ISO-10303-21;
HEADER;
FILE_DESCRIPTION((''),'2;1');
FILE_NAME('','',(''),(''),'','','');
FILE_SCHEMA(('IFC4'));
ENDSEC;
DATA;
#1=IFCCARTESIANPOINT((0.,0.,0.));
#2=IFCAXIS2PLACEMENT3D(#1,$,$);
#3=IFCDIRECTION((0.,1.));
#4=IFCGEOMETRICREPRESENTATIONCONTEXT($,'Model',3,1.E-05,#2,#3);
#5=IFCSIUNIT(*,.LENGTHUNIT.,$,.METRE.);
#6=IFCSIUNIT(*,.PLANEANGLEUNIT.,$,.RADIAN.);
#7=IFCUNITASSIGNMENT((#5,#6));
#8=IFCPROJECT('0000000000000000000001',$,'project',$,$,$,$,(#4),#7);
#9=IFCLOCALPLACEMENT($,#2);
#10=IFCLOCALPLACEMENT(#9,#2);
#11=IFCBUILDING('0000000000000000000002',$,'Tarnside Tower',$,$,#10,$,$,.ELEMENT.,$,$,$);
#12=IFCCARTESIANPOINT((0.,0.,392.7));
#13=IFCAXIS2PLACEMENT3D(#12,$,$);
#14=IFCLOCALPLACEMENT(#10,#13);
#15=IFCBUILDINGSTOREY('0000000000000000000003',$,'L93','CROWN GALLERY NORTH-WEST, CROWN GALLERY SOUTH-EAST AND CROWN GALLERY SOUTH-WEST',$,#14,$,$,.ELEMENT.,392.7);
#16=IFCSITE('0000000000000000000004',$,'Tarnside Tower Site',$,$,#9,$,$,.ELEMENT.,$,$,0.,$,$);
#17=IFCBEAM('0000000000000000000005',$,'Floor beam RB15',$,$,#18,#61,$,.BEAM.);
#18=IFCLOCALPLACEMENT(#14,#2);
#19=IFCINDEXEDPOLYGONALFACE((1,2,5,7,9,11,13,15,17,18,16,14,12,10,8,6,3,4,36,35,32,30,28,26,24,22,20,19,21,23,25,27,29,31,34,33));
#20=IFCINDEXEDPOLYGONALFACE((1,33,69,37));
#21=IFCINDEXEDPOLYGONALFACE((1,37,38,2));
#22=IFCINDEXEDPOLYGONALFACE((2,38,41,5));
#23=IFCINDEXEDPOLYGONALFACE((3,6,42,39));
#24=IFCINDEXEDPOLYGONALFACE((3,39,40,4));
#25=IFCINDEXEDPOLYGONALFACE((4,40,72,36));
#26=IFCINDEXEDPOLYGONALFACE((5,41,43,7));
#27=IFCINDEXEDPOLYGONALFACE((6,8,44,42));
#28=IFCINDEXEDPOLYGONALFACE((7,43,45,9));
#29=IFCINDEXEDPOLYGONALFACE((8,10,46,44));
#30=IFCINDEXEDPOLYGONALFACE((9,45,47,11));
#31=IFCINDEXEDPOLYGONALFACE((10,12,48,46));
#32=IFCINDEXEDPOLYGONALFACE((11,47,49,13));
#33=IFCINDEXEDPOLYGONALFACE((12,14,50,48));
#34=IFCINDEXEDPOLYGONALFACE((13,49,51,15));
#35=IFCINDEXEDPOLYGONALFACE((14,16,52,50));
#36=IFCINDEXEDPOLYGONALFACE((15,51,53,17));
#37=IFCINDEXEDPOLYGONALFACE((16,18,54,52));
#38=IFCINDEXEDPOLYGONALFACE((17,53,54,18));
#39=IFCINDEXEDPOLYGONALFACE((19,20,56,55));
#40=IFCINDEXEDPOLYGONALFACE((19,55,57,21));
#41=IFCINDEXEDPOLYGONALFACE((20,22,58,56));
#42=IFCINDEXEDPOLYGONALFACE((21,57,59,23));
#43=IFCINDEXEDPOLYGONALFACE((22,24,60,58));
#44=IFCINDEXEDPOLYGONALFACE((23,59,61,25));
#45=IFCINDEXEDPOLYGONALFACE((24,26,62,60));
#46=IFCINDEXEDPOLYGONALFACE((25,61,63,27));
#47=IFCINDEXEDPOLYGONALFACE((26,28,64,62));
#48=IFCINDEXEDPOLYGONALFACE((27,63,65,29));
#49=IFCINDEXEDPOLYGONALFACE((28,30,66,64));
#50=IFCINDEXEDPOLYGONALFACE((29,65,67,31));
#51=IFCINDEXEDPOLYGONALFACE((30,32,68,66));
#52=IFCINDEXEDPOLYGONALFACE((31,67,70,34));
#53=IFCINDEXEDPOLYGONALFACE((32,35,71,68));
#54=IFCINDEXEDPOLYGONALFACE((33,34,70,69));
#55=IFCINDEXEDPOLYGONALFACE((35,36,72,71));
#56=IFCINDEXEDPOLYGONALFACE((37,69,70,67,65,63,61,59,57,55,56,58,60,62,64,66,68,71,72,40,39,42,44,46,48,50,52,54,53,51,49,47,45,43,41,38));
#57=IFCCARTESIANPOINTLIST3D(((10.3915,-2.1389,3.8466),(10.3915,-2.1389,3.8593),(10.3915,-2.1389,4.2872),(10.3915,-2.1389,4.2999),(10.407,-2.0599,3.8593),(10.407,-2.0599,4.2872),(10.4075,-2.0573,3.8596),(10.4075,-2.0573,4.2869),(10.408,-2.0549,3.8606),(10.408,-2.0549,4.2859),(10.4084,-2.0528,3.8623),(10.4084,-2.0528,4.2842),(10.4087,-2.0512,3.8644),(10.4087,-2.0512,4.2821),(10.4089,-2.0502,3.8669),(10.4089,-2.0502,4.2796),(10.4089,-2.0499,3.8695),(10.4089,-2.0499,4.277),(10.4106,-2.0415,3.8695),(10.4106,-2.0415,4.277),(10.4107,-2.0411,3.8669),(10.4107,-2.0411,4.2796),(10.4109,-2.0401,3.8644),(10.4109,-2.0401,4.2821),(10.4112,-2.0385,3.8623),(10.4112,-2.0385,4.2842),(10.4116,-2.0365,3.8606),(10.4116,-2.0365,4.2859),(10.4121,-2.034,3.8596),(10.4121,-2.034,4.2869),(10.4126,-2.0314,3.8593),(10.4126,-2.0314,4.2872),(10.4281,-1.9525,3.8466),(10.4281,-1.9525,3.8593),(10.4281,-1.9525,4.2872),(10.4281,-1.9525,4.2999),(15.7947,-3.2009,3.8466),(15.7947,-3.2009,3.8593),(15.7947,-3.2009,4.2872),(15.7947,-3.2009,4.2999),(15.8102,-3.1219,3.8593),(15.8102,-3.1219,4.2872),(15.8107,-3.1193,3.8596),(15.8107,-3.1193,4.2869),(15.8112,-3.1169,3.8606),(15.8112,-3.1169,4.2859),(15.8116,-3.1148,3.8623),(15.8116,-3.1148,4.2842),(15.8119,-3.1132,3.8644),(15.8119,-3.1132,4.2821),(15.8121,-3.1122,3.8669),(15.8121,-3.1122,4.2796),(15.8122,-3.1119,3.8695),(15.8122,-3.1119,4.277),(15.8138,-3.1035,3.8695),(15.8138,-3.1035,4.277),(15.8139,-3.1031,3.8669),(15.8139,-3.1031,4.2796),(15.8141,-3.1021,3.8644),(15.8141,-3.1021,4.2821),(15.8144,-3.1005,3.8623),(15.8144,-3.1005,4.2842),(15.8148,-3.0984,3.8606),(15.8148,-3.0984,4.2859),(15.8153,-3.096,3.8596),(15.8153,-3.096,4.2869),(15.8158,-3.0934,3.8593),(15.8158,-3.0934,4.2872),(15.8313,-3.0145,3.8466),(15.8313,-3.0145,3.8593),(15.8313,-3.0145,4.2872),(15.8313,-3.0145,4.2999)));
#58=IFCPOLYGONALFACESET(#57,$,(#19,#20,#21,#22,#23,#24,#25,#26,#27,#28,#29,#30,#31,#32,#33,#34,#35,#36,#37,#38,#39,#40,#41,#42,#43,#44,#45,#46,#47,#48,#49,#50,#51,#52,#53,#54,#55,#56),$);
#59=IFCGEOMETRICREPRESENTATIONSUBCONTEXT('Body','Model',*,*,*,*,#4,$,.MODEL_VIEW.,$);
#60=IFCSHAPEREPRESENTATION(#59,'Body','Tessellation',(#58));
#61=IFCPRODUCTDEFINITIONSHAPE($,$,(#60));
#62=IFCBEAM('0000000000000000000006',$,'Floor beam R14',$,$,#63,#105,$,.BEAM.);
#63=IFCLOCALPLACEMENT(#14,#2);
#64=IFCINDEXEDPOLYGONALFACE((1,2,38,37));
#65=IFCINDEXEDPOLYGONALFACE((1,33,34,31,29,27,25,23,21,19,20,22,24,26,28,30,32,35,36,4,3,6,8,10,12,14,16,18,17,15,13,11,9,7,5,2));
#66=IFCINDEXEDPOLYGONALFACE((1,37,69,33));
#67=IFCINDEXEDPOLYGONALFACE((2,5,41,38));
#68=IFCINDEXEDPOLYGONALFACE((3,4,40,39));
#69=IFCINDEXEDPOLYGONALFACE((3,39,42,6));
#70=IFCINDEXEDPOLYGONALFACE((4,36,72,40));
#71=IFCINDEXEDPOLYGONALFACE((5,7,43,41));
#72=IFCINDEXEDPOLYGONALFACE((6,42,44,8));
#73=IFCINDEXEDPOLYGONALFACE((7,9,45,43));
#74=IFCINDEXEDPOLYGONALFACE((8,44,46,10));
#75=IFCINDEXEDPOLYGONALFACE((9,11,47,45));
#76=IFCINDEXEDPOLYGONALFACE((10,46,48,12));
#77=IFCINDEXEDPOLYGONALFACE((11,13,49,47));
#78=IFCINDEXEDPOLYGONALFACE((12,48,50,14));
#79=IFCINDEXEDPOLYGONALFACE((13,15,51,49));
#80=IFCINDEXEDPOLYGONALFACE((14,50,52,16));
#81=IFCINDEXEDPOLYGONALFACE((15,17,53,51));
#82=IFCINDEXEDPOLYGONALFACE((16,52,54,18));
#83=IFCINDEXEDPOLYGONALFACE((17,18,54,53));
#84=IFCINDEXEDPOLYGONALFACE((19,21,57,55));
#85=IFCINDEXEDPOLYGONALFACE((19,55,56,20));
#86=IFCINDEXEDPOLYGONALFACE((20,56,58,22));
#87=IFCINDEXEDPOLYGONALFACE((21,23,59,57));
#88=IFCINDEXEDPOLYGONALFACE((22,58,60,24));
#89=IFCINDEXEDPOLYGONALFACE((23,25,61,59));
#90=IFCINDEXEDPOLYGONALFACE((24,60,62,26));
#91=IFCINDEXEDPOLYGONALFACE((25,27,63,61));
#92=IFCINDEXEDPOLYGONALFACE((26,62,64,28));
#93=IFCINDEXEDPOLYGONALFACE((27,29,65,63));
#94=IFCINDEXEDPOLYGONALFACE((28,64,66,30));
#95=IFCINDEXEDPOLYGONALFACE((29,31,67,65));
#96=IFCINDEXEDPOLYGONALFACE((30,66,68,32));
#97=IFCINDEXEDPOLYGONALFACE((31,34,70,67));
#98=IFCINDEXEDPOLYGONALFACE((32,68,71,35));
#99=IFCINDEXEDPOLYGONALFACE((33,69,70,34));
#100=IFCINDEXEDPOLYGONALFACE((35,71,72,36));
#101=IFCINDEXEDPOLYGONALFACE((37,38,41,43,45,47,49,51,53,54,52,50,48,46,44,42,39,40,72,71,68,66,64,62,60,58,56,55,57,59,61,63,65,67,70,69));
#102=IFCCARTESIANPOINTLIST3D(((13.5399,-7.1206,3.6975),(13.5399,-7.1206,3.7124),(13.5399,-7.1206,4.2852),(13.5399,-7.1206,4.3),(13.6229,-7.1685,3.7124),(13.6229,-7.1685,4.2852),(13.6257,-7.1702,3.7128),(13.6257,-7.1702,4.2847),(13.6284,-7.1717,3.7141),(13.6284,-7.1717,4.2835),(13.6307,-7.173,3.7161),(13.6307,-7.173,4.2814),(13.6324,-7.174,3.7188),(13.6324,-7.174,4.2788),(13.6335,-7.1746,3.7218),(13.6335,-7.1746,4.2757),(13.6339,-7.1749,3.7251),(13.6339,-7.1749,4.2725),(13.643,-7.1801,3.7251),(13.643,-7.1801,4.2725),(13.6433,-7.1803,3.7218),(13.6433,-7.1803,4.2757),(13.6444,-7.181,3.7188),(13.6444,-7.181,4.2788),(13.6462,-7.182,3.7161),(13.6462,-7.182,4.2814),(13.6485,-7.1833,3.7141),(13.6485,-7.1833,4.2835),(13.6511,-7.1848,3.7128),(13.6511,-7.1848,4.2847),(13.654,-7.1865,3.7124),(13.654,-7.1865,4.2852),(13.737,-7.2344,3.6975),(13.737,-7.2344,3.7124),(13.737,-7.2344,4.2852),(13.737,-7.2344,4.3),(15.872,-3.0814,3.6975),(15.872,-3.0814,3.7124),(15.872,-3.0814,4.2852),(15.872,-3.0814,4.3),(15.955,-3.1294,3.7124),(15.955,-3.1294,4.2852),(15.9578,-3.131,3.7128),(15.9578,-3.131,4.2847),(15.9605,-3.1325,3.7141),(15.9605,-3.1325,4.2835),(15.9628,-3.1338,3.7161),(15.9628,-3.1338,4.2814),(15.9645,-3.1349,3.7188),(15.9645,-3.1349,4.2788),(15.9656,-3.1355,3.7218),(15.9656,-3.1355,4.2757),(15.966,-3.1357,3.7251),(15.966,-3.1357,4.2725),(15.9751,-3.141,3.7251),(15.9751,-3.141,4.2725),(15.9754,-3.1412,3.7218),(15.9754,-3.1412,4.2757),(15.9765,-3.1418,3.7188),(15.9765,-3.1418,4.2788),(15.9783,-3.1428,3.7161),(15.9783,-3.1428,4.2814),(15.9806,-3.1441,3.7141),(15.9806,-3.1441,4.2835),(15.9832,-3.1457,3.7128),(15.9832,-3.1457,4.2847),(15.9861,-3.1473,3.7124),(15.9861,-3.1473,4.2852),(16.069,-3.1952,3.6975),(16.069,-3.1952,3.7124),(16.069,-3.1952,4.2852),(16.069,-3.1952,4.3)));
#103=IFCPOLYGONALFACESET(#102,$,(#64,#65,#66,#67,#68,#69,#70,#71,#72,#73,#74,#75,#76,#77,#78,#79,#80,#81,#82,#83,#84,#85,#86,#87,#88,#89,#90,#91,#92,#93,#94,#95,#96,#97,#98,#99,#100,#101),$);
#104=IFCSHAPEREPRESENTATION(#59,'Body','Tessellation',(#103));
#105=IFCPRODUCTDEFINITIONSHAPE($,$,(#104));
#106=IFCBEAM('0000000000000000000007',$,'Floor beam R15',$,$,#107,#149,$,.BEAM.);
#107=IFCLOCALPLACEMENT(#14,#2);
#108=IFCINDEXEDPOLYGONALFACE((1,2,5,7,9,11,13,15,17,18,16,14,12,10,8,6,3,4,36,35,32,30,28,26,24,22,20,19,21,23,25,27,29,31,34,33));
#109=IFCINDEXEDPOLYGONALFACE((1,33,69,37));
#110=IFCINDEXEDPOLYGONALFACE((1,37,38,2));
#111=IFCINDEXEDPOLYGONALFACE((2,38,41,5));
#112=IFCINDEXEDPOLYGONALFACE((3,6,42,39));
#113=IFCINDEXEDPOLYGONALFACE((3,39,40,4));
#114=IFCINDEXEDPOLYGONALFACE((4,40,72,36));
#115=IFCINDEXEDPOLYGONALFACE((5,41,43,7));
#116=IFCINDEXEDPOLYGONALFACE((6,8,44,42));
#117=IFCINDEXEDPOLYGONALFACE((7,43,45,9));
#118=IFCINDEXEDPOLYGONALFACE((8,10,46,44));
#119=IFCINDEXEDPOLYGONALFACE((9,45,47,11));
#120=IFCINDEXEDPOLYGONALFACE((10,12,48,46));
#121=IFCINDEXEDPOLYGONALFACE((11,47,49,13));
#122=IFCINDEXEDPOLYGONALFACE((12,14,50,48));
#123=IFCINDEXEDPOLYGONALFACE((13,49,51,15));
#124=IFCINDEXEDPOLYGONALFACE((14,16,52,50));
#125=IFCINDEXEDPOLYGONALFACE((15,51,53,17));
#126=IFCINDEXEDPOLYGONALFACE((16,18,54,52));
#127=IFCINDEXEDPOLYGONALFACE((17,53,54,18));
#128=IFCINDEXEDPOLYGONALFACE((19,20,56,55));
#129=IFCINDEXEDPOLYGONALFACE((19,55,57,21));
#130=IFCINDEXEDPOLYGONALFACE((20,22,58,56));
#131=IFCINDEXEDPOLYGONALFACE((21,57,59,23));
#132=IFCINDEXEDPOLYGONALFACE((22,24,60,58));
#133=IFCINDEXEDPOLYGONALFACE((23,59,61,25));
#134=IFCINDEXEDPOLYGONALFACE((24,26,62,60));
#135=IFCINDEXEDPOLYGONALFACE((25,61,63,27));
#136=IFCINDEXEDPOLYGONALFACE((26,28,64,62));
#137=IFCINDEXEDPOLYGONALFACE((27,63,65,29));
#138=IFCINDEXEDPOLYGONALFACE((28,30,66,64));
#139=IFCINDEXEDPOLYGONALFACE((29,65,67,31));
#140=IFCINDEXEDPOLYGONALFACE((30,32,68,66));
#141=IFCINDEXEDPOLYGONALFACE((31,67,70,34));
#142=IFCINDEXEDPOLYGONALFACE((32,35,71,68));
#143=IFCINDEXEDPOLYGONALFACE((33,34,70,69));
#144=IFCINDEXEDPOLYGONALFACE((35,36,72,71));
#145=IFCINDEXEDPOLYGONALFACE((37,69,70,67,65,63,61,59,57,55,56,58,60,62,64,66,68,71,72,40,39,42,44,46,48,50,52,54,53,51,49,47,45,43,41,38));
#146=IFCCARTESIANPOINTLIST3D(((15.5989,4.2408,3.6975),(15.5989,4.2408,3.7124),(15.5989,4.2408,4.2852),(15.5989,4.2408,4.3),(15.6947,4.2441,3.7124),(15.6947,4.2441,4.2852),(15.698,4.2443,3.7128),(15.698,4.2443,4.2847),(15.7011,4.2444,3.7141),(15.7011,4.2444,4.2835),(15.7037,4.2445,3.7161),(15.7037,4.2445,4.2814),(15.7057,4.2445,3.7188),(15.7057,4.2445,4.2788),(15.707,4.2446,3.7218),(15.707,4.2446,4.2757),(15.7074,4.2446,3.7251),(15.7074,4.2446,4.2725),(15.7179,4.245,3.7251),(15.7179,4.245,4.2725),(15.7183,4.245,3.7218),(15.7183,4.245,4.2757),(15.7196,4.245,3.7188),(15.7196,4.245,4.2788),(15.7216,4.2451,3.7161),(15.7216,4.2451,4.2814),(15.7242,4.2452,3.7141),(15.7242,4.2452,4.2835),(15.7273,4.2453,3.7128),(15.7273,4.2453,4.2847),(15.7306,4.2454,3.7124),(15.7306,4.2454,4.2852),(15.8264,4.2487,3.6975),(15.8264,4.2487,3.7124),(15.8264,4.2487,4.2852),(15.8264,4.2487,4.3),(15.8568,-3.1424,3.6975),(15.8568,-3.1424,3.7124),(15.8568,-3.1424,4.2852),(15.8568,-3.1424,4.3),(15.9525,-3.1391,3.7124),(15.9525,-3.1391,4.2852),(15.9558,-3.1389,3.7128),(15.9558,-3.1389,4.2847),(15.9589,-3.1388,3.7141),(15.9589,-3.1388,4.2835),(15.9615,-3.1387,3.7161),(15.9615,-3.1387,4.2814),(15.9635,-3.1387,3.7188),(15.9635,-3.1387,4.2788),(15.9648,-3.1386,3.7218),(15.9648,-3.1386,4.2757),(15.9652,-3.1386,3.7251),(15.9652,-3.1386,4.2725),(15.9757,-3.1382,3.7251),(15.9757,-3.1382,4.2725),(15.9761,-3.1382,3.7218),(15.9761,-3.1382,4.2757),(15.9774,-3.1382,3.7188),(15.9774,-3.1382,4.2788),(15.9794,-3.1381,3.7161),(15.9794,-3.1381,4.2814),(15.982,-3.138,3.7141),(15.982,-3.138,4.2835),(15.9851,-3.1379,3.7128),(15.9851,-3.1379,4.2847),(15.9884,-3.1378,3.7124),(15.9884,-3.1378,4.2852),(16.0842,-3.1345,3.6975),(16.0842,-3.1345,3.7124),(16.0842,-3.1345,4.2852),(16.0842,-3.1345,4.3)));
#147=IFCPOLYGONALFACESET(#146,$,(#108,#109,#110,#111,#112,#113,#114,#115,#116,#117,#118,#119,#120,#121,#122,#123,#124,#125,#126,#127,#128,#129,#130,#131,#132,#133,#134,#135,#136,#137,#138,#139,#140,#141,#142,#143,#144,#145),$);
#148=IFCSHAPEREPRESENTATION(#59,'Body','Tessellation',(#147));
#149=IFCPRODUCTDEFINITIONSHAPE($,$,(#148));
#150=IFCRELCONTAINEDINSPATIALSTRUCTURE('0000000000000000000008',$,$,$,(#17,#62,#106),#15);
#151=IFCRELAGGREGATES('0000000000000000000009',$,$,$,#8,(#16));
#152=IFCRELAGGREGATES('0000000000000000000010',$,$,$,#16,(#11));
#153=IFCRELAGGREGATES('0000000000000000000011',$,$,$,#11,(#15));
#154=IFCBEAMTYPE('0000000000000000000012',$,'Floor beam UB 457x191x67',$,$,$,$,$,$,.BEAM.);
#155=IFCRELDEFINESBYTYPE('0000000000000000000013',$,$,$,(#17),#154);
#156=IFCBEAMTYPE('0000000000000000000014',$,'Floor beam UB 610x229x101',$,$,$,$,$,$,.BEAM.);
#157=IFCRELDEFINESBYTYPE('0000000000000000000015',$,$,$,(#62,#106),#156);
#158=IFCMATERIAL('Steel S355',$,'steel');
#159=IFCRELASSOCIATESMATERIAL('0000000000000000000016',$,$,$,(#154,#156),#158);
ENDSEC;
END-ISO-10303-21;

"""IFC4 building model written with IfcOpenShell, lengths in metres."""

from ifc_helpers import new_model, si_unit, direction, frame, origin, origin_2d, place, context, subcontext, project, spatial, i_section, extrude, material, material_profile, profile_set, type_object, element, save


model = new_model("IFC4")

# Units and contexts
model_context = context("Model", 3, precision=1e-05, world=origin(), true_north=direction((0.0, 1.0)))
body_context = subcontext(model_context, "Body", "Model", "MODEL_VIEW")
ifc_project = project(units=[si_unit("LENGTHUNIT", "METRE"), si_unit("PLANEANGLEUNIT", "RADIAN")], contexts=[model_context])

# Site, building, storey
site_placement = place(None, origin())
site = spatial("IfcSite", under=ifc_project, at=site_placement, Name="Tarnside Tower Site", CompositionType="ELEMENT", RefElevation=0.0)
building_placement = place(site_placement, origin())
building = spatial("IfcBuilding", under=site, at=building_placement, Name="Tarnside Tower", CompositionType="ELEMENT")
storey_placement = place(building_placement, frame((0.0, 0.0, 392.7)))
storey = spatial("IfcBuildingStorey", under=building, at=storey_placement, Name="L93", Description="CROWN GALLERY NORTH-WEST, CROWN GALLERY SOUTH-EAST AND CROWN GALLERY SOUTH-WEST", CompositionType="ELEMENT", Elevation=392.7)

# Beams
ifc_material_1 = material(Name="Steel S355", Category="steel")
ifc_material_profile_1 = material_profile(ifc_material_1, i_section(OverallWidth=0.1899, OverallDepth=0.4534, WebThickness=0.0085, FlangeThickness=0.0127, FilletRadius=0.0103, at=origin_2d()), Name="UB 457x191x67")
ifc_profile_set_1 = profile_set([ifc_material_profile_1], Name="Steel S355")
beam_type_1 = type_object("IfcBeamType", Name="Floor beam UB 457x191x67", PredefinedType="BEAM", material=ifc_profile_set_1)
beam_1_placement = place(storey_placement, frame((15.813, -3.1077, 4.0732), z_axis=(-0.981227, 0.192858, 0.0), x_axis=(-0.192858, -0.981227, 0.0)))
element("IfcBeam", 1, at=beam_1_placement, inside=storey, type_object=beam_type_1, Name="Floor beam RB15", PredefinedType="BEAM", context=body_context, shape_type="SweptSolid", body=[
    extrude(i_section(OverallWidth=0.1899, OverallDepth=0.4534, WebThickness=0.0085, FlangeThickness=0.0127, FilletRadius=0.0103, at=origin_2d()), origin(), (0.0, 0.0, 1.0), 5.5066),
])
ifc_material_profile_2 = material_profile(ifc_material_1, i_section(OverallWidth=0.2275, OverallDepth=0.6025, WebThickness=0.0105, FlangeThickness=0.0149, FilletRadius=0.0127, at=origin_2d()), Name="UB 610x229x101")
ifc_profile_set_2 = profile_set([ifc_material_profile_2], Name="Steel S355")
beam_type_2 = type_object("IfcBeamType", Name="Floor beam UB 610x229x101", PredefinedType="BEAM", material=ifc_profile_set_2)
beam_2_placement = place(storey_placement, frame((13.6384, -7.1775, 3.9988), z_axis=(0.500012, 0.866018, 0.0), x_axis=(-0.866018, 0.500012, 0.0)))
element("IfcBeam", 2, at=beam_2_placement, inside=storey, type_object=beam_type_2, Name="Floor beam R14", PredefinedType="BEAM", context=body_context, shape_type="SweptSolid", body=[
    extrude(i_section(OverallWidth=0.2275, OverallDepth=0.6025, WebThickness=0.0105, FlangeThickness=0.0149, FilletRadius=0.0127, at=origin_2d()), origin(), (0.0, 0.0, 1.0), 4.6641),
])
beam_3_placement = place(storey_placement, frame((15.9705, -3.1384, 3.9988), z_axis=(-0.034897, 0.999391, 0.0), x_axis=(-0.999391, -0.034897, 0.0)))
element("IfcBeam", 3, at=beam_3_placement, inside=storey, type_object=beam_type_2, Name="Floor beam R15", PredefinedType="BEAM", context=body_context, shape_type="SweptSolid", body=[
    extrude(i_section(OverallWidth=0.2275, OverallDepth=0.6025, WebThickness=0.0105, FlangeThickness=0.0149, FilletRadius=0.0127, at=origin_2d()), origin(), (0.0, 0.0, 1.0), 7.3877),
])

save(model, "model.ifc")
